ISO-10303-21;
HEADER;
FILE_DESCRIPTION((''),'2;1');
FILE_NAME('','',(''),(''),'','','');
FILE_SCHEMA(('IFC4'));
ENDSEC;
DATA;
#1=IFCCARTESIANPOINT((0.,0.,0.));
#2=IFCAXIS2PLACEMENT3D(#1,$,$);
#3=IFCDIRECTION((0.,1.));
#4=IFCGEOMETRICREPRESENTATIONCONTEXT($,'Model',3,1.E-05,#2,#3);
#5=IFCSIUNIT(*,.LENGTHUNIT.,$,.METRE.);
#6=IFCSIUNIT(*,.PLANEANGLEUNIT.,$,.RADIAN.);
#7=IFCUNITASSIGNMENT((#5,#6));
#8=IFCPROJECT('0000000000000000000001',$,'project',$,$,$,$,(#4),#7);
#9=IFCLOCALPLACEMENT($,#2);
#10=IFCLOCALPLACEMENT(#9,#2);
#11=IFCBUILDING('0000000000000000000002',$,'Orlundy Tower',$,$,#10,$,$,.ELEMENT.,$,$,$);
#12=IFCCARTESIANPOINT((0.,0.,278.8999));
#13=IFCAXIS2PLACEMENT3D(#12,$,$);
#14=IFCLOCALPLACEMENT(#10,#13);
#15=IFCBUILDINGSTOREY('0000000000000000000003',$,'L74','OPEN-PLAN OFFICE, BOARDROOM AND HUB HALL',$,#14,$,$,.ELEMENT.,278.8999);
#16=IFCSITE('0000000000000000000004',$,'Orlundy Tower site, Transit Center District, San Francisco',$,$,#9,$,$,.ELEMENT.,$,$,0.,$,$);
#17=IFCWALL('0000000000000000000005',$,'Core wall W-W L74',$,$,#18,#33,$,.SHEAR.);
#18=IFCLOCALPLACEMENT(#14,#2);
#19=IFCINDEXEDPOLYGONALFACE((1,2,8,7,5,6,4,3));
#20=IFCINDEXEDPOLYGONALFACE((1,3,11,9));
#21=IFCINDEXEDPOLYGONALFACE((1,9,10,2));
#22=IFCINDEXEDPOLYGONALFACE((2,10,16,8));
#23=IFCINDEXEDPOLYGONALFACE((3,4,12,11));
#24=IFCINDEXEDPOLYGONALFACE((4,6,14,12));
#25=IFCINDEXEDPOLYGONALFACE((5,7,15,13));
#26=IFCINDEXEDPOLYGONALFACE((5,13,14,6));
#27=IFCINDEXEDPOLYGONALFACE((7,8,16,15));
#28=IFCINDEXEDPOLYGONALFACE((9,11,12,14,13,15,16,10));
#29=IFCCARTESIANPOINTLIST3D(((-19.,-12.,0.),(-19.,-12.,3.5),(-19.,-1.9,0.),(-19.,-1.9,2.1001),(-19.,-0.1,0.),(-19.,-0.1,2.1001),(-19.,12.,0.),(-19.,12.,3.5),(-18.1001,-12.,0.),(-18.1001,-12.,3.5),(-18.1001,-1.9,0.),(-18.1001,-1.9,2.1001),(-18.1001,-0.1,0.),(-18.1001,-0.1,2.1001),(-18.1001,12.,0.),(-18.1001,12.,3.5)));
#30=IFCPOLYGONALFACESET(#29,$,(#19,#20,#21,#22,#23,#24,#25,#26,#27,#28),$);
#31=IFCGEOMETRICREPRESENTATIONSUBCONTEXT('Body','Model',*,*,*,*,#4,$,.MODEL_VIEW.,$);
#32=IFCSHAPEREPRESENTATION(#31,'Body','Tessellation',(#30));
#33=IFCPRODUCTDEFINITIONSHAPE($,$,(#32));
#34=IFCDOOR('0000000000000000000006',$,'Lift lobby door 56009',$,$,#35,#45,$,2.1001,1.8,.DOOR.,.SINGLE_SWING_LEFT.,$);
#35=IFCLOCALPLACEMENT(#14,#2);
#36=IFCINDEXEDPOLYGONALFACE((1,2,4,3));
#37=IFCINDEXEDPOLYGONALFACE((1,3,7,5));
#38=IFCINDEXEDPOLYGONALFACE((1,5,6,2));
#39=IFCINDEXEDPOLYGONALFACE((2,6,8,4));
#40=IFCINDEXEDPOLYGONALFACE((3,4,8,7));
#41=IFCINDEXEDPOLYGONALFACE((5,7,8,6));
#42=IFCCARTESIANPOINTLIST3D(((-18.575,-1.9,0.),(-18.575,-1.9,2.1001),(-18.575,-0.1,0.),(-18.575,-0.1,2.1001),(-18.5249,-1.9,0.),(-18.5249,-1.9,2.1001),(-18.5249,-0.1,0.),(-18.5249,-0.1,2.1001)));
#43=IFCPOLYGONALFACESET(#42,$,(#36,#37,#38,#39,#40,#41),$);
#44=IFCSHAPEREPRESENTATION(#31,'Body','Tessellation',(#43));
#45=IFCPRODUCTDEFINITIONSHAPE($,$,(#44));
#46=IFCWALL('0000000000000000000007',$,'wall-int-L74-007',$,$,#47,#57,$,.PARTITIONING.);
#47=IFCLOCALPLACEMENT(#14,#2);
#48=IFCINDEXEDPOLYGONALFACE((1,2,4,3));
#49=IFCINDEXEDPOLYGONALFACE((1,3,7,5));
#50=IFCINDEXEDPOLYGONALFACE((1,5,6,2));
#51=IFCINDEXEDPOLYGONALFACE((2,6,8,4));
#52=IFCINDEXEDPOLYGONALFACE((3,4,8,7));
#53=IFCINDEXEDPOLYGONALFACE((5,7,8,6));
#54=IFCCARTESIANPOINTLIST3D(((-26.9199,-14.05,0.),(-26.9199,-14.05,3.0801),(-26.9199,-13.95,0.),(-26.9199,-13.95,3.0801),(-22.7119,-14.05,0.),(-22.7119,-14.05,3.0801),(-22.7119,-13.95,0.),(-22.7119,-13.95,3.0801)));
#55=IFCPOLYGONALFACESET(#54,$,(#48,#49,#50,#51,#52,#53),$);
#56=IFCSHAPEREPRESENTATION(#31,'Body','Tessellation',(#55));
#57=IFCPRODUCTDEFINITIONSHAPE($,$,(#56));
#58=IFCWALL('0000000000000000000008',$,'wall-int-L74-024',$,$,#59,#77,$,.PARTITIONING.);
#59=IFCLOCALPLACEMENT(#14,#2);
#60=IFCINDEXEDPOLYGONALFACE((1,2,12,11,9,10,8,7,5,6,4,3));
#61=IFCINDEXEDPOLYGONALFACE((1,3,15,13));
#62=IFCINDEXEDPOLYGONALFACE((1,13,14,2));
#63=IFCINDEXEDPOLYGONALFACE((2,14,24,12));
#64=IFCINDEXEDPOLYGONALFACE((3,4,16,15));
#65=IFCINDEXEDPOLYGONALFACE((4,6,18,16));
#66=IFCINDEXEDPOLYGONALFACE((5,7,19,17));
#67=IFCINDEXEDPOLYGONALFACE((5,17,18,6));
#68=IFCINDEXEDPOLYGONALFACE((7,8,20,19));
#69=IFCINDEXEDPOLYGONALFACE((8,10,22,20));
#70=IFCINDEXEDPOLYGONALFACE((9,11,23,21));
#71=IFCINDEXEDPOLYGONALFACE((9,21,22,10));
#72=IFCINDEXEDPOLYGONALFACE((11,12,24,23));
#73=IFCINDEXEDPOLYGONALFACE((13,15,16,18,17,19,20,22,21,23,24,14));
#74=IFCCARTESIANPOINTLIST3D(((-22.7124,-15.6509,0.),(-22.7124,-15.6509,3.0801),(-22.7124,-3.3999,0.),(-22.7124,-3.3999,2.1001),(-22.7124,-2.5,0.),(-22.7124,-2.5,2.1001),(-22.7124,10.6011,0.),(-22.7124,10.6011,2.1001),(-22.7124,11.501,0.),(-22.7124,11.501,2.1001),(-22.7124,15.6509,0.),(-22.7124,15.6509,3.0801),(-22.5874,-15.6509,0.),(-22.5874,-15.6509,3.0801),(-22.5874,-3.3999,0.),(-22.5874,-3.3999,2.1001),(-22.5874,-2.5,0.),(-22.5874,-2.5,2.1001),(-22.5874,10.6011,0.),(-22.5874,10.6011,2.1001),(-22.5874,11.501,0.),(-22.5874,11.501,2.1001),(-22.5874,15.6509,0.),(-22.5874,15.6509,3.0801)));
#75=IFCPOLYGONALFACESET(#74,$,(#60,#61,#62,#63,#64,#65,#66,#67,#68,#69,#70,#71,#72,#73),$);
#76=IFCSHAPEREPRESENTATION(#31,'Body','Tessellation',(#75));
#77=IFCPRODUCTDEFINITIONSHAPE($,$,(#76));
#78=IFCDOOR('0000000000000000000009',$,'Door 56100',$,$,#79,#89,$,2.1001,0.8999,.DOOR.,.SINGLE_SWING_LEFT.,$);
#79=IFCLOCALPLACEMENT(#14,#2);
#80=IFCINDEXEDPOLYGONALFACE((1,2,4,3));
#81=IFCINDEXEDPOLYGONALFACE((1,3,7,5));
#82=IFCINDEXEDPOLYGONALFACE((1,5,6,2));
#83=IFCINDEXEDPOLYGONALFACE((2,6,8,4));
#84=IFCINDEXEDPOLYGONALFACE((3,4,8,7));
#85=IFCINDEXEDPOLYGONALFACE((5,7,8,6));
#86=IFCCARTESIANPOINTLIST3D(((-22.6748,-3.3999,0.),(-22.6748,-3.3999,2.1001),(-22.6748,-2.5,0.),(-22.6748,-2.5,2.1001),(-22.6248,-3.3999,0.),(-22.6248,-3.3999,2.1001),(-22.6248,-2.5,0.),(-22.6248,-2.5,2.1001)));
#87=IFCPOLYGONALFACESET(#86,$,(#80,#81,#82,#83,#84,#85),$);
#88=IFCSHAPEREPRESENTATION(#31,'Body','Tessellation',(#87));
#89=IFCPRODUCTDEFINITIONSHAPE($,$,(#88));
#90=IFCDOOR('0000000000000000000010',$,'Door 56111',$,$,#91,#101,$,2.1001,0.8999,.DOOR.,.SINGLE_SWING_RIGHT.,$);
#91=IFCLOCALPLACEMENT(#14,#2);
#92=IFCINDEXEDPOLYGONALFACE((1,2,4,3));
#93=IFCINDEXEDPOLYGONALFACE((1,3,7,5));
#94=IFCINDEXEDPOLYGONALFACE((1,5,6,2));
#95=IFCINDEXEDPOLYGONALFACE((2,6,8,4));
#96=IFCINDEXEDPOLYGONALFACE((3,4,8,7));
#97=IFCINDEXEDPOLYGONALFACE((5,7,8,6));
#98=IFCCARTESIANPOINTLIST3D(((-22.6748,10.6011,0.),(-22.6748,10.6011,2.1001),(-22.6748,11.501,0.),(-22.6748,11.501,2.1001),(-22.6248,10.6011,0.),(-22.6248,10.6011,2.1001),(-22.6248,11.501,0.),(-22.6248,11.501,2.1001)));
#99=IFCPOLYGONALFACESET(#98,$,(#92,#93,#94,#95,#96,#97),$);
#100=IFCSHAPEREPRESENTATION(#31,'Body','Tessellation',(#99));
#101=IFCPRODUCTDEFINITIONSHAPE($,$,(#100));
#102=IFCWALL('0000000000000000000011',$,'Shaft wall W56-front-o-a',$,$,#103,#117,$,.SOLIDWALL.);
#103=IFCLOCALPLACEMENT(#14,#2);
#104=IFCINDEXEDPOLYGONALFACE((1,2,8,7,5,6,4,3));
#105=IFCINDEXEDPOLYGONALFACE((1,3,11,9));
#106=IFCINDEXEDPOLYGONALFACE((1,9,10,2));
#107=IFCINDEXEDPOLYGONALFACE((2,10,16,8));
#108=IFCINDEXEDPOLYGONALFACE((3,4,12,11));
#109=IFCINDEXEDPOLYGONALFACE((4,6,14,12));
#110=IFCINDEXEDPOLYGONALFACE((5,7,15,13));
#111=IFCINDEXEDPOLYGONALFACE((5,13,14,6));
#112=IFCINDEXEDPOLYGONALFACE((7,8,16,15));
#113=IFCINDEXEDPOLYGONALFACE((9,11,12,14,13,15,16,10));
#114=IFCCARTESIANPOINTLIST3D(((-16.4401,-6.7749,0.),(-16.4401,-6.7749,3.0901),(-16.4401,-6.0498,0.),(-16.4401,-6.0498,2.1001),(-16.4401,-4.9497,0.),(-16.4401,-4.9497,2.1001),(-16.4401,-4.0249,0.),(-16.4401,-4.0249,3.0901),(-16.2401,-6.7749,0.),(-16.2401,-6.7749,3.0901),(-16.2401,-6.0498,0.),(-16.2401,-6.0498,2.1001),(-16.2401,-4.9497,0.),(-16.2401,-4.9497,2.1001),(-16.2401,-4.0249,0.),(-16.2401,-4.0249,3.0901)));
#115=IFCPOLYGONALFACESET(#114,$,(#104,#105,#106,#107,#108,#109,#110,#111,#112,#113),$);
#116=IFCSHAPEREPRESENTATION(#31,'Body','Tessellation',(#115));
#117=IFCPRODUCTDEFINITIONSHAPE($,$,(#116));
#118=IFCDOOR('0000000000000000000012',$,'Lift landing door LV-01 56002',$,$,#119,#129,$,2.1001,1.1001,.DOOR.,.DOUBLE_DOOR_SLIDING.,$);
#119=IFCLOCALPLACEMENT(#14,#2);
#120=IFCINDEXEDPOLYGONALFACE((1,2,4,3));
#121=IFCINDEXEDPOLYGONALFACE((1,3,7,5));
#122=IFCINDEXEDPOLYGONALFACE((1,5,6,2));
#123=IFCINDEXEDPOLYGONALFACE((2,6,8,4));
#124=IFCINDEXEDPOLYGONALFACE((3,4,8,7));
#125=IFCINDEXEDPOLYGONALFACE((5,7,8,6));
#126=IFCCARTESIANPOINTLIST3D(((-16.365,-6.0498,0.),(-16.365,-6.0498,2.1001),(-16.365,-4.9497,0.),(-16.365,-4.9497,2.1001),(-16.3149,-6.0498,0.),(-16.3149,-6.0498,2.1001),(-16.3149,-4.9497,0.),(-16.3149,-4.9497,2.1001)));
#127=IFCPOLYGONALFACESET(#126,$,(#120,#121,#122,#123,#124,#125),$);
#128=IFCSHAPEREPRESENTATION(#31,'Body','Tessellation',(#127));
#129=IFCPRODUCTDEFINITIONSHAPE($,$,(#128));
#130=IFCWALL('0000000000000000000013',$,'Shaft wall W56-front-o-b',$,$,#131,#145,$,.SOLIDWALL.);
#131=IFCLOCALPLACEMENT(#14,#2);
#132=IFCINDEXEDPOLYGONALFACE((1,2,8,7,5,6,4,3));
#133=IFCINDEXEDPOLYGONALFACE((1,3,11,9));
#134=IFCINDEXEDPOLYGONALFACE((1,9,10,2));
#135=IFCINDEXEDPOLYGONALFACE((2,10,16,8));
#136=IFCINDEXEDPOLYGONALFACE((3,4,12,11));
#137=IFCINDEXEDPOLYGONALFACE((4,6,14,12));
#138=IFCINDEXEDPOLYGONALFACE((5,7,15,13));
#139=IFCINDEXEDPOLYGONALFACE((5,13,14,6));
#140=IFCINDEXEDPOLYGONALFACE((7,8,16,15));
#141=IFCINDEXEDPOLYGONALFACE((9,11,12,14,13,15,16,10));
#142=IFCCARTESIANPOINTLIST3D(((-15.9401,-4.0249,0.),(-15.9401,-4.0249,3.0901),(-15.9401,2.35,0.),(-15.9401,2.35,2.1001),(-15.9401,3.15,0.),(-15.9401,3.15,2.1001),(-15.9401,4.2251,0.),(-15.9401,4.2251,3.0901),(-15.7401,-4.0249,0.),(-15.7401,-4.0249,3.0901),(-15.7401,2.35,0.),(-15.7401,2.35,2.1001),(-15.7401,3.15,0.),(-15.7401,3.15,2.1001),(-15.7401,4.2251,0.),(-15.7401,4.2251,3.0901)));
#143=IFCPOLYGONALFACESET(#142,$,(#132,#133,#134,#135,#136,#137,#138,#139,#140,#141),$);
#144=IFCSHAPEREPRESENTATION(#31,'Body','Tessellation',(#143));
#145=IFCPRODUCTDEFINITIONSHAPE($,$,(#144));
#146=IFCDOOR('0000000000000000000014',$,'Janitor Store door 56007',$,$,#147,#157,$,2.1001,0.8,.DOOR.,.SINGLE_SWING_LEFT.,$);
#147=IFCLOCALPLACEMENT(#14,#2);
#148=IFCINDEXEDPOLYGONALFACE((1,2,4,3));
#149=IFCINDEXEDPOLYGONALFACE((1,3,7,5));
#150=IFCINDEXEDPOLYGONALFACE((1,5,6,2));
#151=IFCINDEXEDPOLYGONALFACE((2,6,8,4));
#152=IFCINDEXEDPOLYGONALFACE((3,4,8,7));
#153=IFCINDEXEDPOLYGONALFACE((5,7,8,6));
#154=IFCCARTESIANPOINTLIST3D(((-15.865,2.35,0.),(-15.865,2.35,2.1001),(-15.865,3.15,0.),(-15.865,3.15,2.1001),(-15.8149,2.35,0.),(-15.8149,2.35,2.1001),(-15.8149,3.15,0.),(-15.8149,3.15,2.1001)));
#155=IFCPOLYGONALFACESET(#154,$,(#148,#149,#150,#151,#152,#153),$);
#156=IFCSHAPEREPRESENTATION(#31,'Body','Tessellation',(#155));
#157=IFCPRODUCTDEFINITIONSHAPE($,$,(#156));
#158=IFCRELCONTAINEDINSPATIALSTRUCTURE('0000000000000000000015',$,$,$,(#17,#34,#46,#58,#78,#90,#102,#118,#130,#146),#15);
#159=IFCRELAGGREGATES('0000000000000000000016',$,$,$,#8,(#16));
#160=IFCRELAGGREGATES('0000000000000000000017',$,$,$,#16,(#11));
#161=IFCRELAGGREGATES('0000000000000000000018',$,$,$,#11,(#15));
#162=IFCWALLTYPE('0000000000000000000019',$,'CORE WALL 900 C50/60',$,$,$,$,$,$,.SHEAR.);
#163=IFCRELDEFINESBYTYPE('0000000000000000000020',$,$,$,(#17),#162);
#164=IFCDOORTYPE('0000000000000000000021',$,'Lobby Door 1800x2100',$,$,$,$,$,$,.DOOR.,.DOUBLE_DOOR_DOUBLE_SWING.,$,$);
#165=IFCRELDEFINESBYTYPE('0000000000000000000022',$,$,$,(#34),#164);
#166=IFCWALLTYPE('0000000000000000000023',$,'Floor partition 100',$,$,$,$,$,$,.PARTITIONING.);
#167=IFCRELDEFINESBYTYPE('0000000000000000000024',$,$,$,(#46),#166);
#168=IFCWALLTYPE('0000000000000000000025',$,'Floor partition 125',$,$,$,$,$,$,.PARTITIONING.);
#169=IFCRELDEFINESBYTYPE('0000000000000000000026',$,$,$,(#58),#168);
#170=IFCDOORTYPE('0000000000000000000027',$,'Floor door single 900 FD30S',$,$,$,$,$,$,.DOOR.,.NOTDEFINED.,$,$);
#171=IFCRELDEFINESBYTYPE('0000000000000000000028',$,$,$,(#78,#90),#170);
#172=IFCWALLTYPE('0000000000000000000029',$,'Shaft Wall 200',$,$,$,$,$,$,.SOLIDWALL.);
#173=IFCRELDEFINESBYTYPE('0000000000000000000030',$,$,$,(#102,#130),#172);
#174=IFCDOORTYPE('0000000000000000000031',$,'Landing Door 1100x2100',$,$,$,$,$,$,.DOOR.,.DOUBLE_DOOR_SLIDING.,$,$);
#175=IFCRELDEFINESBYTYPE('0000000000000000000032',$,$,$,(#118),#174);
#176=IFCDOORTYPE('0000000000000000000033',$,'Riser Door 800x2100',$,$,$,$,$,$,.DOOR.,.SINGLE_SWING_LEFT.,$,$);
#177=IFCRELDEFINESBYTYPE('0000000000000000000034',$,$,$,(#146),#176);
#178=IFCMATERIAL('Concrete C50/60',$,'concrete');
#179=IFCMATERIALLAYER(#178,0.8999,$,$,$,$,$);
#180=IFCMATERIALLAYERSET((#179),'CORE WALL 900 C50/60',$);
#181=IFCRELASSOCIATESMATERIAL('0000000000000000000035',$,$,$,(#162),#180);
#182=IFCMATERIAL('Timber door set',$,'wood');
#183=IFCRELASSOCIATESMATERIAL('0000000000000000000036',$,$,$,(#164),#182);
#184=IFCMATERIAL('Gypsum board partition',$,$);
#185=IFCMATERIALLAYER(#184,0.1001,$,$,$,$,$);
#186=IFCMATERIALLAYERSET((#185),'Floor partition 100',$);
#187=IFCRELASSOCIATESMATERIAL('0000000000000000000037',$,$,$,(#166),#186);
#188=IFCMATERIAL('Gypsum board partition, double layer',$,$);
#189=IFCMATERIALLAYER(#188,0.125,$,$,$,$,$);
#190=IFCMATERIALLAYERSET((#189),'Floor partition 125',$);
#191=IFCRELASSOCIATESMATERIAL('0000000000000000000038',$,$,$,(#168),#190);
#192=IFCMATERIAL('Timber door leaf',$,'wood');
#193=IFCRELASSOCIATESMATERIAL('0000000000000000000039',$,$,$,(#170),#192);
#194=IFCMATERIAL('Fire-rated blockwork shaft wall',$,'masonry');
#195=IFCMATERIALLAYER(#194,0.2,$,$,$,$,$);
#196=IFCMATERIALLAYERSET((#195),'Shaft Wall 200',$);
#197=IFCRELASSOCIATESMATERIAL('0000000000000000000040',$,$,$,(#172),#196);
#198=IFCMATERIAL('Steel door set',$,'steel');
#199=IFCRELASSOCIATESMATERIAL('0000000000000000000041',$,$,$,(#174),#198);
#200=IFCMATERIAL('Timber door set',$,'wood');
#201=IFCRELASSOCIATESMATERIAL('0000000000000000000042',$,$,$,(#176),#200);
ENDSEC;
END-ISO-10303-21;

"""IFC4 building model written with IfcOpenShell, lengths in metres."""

from ifc_helpers import new_model, si_unit, direction, frame, frame_2d, origin, place, context, subcontext, project, spatial, rectangle, extrude, material, layer, layer_set, type_object, element, fill, save


model = new_model("IFC4")

# Units and contexts
model_context = context("Model", 3, precision=1e-05, world=origin(), true_north=direction((0.0, 1.0)))
body_context = subcontext(model_context, "Body", "Model", "MODEL_VIEW")
ifc_project = project(units=[si_unit("LENGTHUNIT", "METRE"), si_unit("PLANEANGLEUNIT", "RADIAN")], contexts=[model_context])

# Site, building, storey
site_placement = place(None, origin())
site = spatial("IfcSite", under=ifc_project, at=site_placement, Name="Orlundy Tower site, Transit Center District, San Francisco", CompositionType="ELEMENT", RefElevation=0.0)
building_placement = place(site_placement, origin())
building = spatial("IfcBuilding", under=site, at=building_placement, Name="Orlundy Tower", CompositionType="ELEMENT")
storey_placement = place(building_placement, frame((0.0, 0.0, 278.8999)))
storey = spatial("IfcBuildingStorey", under=building, at=storey_placement, Name="L74", Description="OPEN-PLAN OFFICE, BOARDROOM AND HUB HALL", CompositionType="ELEMENT", Elevation=278.8999)

# Wall, opening, door
ifc_material_1 = material(Name="Concrete C50/60", Category="concrete")
ifc_layer_1 = layer(ifc_material_1, 0.8999)
ifc_layer_set_1 = layer_set([ifc_layer_1], Name="CORE WALL 900 C50/60")
wall_type_1 = type_object("IfcWallType", Name="CORE WALL 900 C50/60", PredefinedType="SHEAR", material=ifc_layer_set_1)
wall_1_placement = place(storey_placement, frame((-18.55, -12.0, 0.0), z_axis=(0.0, 0.0, 1.0), x_axis=(0.0, 1.0, 0.0)))
wall_1 = element("IfcWall", 1, at=wall_1_placement, inside=storey, type_object=wall_type_1, Name="Core wall W-W L74", PredefinedType="SHEAR", context=body_context, shape_type="SweptSolid", body=[
    extrude(rectangle(XDim=24.0, YDim=0.8999, at=frame_2d((12.0, 0.0))), origin(), (0.0, 0.0, 1.0), 3.5),
])
opening_1_placement = place(wall_1_placement, frame((10.1001, 0.0, 0.0)))
opening_1 = element("IfcOpeningElement", 2, at=opening_1_placement, cuts=wall_1, PredefinedType="OPENING", context=body_context, shape_type="SweptSolid", body=[
    extrude(rectangle(XDim=1.8, YDim=2.1001, at=frame_2d((0.8999, 1.05))), frame((0.0, 0.46, 0.0), z_axis=(0.0, -1.0, 0.0), x_axis=(1.0, 0.0, 0.0)), (0.0, 0.0, 1.0), 0.9199),
])
ifc_material_2 = material(Name="Timber door set", Category="wood")
door_type_1 = type_object("IfcDoorType", Name="Lobby Door 1800x2100", OperationType="DOUBLE_DOOR_DOUBLE_SWING", PredefinedType="DOOR", material=ifc_material_2)
door_1_placement = place(opening_1_placement, origin())
door_1 = element("IfcDoor", 3, at=door_1_placement, inside=storey, type_object=door_type_1, Name="Lift lobby door 56009", OperationType="SINGLE_SWING_LEFT", OverallHeight=2.1001, OverallWidth=1.8, PredefinedType="DOOR", context=body_context, shape_type="SweptSolid", body=[
    extrude(rectangle(XDim=1.8, YDim=2.1001, at=frame_2d((0.8999, 1.05))), frame((0.0, 0.0249, 0.0), z_axis=(0.0, -1.0, 0.0), x_axis=(1.0, 0.0, 0.0)), (0.0, 0.0, 1.0), 0.05),
])
fill(opening_1, door_1)

# Wall
ifc_material_3 = material(Name="Gypsum board partition")
ifc_layer_2 = layer(ifc_material_3, 0.1001)
ifc_layer_set_2 = layer_set([ifc_layer_2], Name="Floor partition 100")
wall_type_2 = type_object("IfcWallType", Name="Floor partition 100", PredefinedType="PARTITIONING", material=ifc_layer_set_2)
wall_2_placement = place(storey_placement, frame((-26.9199, -14.0, 0.0), z_axis=(0.0, 0.0, 1.0), x_axis=(1.0, 0.0, 0.0)))
element("IfcWall", 4, at=wall_2_placement, inside=storey, type_object=wall_type_2, Name="wall-int-L74-007", PredefinedType="PARTITIONING", context=body_context, shape_type="SweptSolid", body=[
    extrude(rectangle(XDim=4.208, YDim=0.1001, at=frame_2d((2.104, 0.0))), origin(), (0.0, 0.0, 1.0), 3.0801),
])

# Wall, openings, doors
ifc_material_4 = material(Name="Gypsum board partition, double layer")
ifc_layer_3 = layer(ifc_material_4, 0.125)
ifc_layer_set_3 = layer_set([ifc_layer_3], Name="Floor partition 125")
wall_type_3 = type_object("IfcWallType", Name="Floor partition 125", PredefinedType="PARTITIONING", material=ifc_layer_set_3)
wall_3_placement = place(storey_placement, frame((-22.6499, -15.6509, 0.0), z_axis=(0.0, 0.0, 1.0), x_axis=(0.0, 1.0, 0.0)))
wall_3 = element("IfcWall", 5, at=wall_3_placement, inside=storey, type_object=wall_type_3, Name="wall-int-L74-024", PredefinedType="PARTITIONING", context=body_context, shape_type="SweptSolid", body=[
    extrude(rectangle(XDim=31.3018, YDim=0.125, at=frame_2d((15.6509, 0.0))), origin(), (0.0, 0.0, 1.0), 3.0801),
])
opening_2_placement = place(wall_3_placement, frame((12.251, 0.0, 0.0)))
opening_2 = element("IfcOpeningElement", 6, at=opening_2_placement, cuts=wall_3, PredefinedType="OPENING", context=body_context, shape_type="SweptSolid", body=[
    extrude(rectangle(XDim=0.8999, YDim=2.1001, at=frame_2d((0.45, 1.05))), frame((0.0, 0.0725, 0.0), z_axis=(0.0, -1.0, 0.0), x_axis=(1.0, 0.0, 0.0)), (0.0, 0.0, 1.0), 0.145),
])
opening_3_placement = place(wall_3_placement, frame((26.252, 0.0, 0.0)))
opening_3 = element("IfcOpeningElement", 7, at=opening_3_placement, cuts=wall_3, PredefinedType="OPENING", context=body_context, shape_type="SweptSolid", body=[
    extrude(rectangle(XDim=0.8999, YDim=2.1001, at=frame_2d((0.45, 1.05))), frame((0.0, 0.0725, 0.0), z_axis=(0.0, -1.0, 0.0), x_axis=(1.0, 0.0, 0.0)), (0.0, 0.0, 1.0), 0.145),
])
ifc_material_5 = material(Name="Timber door leaf", Category="wood")
door_type_2 = type_object("IfcDoorType", Name="Floor door single 900 FD30S", OperationType="NOTDEFINED", PredefinedType="DOOR", material=ifc_material_5)
door_2_placement = place(opening_2_placement, origin())
door_2 = element("IfcDoor", 8, at=door_2_placement, inside=storey, type_object=door_type_2, Name="Door 56100", OperationType="SINGLE_SWING_LEFT", OverallHeight=2.1001, OverallWidth=0.8999, PredefinedType="DOOR", context=body_context, shape_type="SweptSolid", body=[
    extrude(rectangle(XDim=0.8999, YDim=2.1001, at=frame_2d((0.45, 1.05))), frame((0.0, 0.0249, 0.0), z_axis=(0.0, -1.0, 0.0), x_axis=(1.0, 0.0, 0.0)), (0.0, 0.0, 1.0), 0.05),
])
fill(opening_2, door_2)
door_3_placement = place(opening_3_placement, origin())
door_3 = element("IfcDoor", 9, at=door_3_placement, inside=storey, type_object=door_type_2, Name="Door 56111", OperationType="SINGLE_SWING_RIGHT", OverallHeight=2.1001, OverallWidth=0.8999, PredefinedType="DOOR", context=body_context, shape_type="SweptSolid", body=[
    extrude(rectangle(XDim=0.8999, YDim=2.1001, at=frame_2d((0.45, 1.05))), frame((0.0, 0.0249, 0.0), z_axis=(0.0, -1.0, 0.0), x_axis=(1.0, 0.0, 0.0)), (0.0, 0.0, 1.0), 0.05),
])
fill(opening_3, door_3)

# Walls, openings, doors
ifc_material_6 = material(Name="Fire-rated blockwork shaft wall", Category="masonry")
ifc_layer_4 = layer(ifc_material_6, 0.2)
ifc_layer_set_4 = layer_set([ifc_layer_4], Name="Shaft Wall 200")
wall_type_4 = type_object("IfcWallType", Name="Shaft Wall 200", PredefinedType="SOLIDWALL", material=ifc_layer_set_4)
wall_4_placement = place(storey_placement, frame((-16.3401, -6.7749, 0.0), z_axis=(0.0, 0.0, 1.0), x_axis=(0.0, 1.0, 0.0)))
wall_4 = element("IfcWall", 10, at=wall_4_placement, inside=storey, type_object=wall_type_4, Name="Shaft wall W56-front-o-a", PredefinedType="SOLIDWALL", context=body_context, shape_type="SweptSolid", body=[
    extrude(rectangle(XDim=2.75, YDim=0.2, at=frame_2d((1.375, 0.0))), origin(), (0.0, 0.0, 1.0), 3.0901),
])
opening_4_placement = place(wall_4_placement, frame((0.7251, 0.0, 0.0)))
opening_4 = element("IfcOpeningElement", 11, at=opening_4_placement, cuts=wall_4, PredefinedType="OPENING", context=body_context, shape_type="SweptSolid", body=[
    extrude(rectangle(XDim=1.1001, YDim=2.1001, at=frame_2d((0.55, 1.05))), frame((0.0, 0.1101, 0.0), z_axis=(0.0, -1.0, 0.0), x_axis=(1.0, 0.0, 0.0)), (0.0, 0.0, 1.0), 0.2202),
])
ifc_material_7 = material(Name="Steel door set", Category="steel")
door_type_3 = type_object("IfcDoorType", Name="Landing Door 1100x2100", OperationType="DOUBLE_DOOR_SLIDING", PredefinedType="DOOR", material=ifc_material_7)
door_4_placement = place(opening_4_placement, origin())
door_4 = element("IfcDoor", 12, at=door_4_placement, inside=storey, type_object=door_type_3, Name="Lift landing door LV-01 56002", OperationType="DOUBLE_DOOR_SLIDING", OverallHeight=2.1001, OverallWidth=1.1001, PredefinedType="DOOR", context=body_context, shape_type="SweptSolid", body=[
    extrude(rectangle(XDim=1.1001, YDim=2.1001, at=frame_2d((0.55, 1.05))), frame((0.0, 0.0249, 0.0), z_axis=(0.0, -1.0, 0.0), x_axis=(1.0, 0.0, 0.0)), (0.0, 0.0, 1.0), 0.05),
])
fill(opening_4, door_4)
wall_5_placement = place(storey_placement, frame((-15.8401, -4.0249, 0.0), z_axis=(0.0, 0.0, 1.0), x_axis=(0.0, 1.0, 0.0)))
wall_5 = element("IfcWall", 13, at=wall_5_placement, inside=storey, type_object=wall_type_4, Name="Shaft wall W56-front-o-b", PredefinedType="SOLIDWALL", context=body_context, shape_type="SweptSolid", body=[
    extrude(rectangle(XDim=8.25, YDim=0.2, at=frame_2d((4.125, 0.0))), origin(), (0.0, 0.0, 1.0), 3.0901),
])
opening_5_placement = place(wall_5_placement, frame((6.375, 0.0, 0.0)))
opening_5 = element("IfcOpeningElement", 14, at=opening_5_placement, cuts=wall_5, PredefinedType="OPENING", context=body_context, shape_type="SweptSolid", body=[
    extrude(rectangle(XDim=0.8, YDim=2.1001, at=frame_2d((0.3999, 1.05))), frame((0.0, 0.1101, 0.0), z_axis=(0.0, -1.0, 0.0), x_axis=(1.0, 0.0, 0.0)), (0.0, 0.0, 1.0), 0.2202),
])
ifc_material_8 = material(Name="Timber door set", Category="wood")
door_type_4 = type_object("IfcDoorType", Name="Riser Door 800x2100", OperationType="SINGLE_SWING_LEFT", PredefinedType="DOOR", material=ifc_material_8)
door_5_placement = place(opening_5_placement, origin())
door_5 = element("IfcDoor", 15, at=door_5_placement, inside=storey, type_object=door_type_4, Name="Janitor Store door 56007", OperationType="SINGLE_SWING_LEFT", OverallHeight=2.1001, OverallWidth=0.8, PredefinedType="DOOR", context=body_context, shape_type="SweptSolid", body=[
    extrude(rectangle(XDim=0.8, YDim=2.1001, at=frame_2d((0.3999, 1.05))), frame((0.0, 0.0249, 0.0), z_axis=(0.0, -1.0, 0.0), x_axis=(1.0, 0.0, 0.0)), (0.0, 0.0, 1.0), 0.05),
])
fill(opening_5, door_5)

save(model, "model.ifc")
